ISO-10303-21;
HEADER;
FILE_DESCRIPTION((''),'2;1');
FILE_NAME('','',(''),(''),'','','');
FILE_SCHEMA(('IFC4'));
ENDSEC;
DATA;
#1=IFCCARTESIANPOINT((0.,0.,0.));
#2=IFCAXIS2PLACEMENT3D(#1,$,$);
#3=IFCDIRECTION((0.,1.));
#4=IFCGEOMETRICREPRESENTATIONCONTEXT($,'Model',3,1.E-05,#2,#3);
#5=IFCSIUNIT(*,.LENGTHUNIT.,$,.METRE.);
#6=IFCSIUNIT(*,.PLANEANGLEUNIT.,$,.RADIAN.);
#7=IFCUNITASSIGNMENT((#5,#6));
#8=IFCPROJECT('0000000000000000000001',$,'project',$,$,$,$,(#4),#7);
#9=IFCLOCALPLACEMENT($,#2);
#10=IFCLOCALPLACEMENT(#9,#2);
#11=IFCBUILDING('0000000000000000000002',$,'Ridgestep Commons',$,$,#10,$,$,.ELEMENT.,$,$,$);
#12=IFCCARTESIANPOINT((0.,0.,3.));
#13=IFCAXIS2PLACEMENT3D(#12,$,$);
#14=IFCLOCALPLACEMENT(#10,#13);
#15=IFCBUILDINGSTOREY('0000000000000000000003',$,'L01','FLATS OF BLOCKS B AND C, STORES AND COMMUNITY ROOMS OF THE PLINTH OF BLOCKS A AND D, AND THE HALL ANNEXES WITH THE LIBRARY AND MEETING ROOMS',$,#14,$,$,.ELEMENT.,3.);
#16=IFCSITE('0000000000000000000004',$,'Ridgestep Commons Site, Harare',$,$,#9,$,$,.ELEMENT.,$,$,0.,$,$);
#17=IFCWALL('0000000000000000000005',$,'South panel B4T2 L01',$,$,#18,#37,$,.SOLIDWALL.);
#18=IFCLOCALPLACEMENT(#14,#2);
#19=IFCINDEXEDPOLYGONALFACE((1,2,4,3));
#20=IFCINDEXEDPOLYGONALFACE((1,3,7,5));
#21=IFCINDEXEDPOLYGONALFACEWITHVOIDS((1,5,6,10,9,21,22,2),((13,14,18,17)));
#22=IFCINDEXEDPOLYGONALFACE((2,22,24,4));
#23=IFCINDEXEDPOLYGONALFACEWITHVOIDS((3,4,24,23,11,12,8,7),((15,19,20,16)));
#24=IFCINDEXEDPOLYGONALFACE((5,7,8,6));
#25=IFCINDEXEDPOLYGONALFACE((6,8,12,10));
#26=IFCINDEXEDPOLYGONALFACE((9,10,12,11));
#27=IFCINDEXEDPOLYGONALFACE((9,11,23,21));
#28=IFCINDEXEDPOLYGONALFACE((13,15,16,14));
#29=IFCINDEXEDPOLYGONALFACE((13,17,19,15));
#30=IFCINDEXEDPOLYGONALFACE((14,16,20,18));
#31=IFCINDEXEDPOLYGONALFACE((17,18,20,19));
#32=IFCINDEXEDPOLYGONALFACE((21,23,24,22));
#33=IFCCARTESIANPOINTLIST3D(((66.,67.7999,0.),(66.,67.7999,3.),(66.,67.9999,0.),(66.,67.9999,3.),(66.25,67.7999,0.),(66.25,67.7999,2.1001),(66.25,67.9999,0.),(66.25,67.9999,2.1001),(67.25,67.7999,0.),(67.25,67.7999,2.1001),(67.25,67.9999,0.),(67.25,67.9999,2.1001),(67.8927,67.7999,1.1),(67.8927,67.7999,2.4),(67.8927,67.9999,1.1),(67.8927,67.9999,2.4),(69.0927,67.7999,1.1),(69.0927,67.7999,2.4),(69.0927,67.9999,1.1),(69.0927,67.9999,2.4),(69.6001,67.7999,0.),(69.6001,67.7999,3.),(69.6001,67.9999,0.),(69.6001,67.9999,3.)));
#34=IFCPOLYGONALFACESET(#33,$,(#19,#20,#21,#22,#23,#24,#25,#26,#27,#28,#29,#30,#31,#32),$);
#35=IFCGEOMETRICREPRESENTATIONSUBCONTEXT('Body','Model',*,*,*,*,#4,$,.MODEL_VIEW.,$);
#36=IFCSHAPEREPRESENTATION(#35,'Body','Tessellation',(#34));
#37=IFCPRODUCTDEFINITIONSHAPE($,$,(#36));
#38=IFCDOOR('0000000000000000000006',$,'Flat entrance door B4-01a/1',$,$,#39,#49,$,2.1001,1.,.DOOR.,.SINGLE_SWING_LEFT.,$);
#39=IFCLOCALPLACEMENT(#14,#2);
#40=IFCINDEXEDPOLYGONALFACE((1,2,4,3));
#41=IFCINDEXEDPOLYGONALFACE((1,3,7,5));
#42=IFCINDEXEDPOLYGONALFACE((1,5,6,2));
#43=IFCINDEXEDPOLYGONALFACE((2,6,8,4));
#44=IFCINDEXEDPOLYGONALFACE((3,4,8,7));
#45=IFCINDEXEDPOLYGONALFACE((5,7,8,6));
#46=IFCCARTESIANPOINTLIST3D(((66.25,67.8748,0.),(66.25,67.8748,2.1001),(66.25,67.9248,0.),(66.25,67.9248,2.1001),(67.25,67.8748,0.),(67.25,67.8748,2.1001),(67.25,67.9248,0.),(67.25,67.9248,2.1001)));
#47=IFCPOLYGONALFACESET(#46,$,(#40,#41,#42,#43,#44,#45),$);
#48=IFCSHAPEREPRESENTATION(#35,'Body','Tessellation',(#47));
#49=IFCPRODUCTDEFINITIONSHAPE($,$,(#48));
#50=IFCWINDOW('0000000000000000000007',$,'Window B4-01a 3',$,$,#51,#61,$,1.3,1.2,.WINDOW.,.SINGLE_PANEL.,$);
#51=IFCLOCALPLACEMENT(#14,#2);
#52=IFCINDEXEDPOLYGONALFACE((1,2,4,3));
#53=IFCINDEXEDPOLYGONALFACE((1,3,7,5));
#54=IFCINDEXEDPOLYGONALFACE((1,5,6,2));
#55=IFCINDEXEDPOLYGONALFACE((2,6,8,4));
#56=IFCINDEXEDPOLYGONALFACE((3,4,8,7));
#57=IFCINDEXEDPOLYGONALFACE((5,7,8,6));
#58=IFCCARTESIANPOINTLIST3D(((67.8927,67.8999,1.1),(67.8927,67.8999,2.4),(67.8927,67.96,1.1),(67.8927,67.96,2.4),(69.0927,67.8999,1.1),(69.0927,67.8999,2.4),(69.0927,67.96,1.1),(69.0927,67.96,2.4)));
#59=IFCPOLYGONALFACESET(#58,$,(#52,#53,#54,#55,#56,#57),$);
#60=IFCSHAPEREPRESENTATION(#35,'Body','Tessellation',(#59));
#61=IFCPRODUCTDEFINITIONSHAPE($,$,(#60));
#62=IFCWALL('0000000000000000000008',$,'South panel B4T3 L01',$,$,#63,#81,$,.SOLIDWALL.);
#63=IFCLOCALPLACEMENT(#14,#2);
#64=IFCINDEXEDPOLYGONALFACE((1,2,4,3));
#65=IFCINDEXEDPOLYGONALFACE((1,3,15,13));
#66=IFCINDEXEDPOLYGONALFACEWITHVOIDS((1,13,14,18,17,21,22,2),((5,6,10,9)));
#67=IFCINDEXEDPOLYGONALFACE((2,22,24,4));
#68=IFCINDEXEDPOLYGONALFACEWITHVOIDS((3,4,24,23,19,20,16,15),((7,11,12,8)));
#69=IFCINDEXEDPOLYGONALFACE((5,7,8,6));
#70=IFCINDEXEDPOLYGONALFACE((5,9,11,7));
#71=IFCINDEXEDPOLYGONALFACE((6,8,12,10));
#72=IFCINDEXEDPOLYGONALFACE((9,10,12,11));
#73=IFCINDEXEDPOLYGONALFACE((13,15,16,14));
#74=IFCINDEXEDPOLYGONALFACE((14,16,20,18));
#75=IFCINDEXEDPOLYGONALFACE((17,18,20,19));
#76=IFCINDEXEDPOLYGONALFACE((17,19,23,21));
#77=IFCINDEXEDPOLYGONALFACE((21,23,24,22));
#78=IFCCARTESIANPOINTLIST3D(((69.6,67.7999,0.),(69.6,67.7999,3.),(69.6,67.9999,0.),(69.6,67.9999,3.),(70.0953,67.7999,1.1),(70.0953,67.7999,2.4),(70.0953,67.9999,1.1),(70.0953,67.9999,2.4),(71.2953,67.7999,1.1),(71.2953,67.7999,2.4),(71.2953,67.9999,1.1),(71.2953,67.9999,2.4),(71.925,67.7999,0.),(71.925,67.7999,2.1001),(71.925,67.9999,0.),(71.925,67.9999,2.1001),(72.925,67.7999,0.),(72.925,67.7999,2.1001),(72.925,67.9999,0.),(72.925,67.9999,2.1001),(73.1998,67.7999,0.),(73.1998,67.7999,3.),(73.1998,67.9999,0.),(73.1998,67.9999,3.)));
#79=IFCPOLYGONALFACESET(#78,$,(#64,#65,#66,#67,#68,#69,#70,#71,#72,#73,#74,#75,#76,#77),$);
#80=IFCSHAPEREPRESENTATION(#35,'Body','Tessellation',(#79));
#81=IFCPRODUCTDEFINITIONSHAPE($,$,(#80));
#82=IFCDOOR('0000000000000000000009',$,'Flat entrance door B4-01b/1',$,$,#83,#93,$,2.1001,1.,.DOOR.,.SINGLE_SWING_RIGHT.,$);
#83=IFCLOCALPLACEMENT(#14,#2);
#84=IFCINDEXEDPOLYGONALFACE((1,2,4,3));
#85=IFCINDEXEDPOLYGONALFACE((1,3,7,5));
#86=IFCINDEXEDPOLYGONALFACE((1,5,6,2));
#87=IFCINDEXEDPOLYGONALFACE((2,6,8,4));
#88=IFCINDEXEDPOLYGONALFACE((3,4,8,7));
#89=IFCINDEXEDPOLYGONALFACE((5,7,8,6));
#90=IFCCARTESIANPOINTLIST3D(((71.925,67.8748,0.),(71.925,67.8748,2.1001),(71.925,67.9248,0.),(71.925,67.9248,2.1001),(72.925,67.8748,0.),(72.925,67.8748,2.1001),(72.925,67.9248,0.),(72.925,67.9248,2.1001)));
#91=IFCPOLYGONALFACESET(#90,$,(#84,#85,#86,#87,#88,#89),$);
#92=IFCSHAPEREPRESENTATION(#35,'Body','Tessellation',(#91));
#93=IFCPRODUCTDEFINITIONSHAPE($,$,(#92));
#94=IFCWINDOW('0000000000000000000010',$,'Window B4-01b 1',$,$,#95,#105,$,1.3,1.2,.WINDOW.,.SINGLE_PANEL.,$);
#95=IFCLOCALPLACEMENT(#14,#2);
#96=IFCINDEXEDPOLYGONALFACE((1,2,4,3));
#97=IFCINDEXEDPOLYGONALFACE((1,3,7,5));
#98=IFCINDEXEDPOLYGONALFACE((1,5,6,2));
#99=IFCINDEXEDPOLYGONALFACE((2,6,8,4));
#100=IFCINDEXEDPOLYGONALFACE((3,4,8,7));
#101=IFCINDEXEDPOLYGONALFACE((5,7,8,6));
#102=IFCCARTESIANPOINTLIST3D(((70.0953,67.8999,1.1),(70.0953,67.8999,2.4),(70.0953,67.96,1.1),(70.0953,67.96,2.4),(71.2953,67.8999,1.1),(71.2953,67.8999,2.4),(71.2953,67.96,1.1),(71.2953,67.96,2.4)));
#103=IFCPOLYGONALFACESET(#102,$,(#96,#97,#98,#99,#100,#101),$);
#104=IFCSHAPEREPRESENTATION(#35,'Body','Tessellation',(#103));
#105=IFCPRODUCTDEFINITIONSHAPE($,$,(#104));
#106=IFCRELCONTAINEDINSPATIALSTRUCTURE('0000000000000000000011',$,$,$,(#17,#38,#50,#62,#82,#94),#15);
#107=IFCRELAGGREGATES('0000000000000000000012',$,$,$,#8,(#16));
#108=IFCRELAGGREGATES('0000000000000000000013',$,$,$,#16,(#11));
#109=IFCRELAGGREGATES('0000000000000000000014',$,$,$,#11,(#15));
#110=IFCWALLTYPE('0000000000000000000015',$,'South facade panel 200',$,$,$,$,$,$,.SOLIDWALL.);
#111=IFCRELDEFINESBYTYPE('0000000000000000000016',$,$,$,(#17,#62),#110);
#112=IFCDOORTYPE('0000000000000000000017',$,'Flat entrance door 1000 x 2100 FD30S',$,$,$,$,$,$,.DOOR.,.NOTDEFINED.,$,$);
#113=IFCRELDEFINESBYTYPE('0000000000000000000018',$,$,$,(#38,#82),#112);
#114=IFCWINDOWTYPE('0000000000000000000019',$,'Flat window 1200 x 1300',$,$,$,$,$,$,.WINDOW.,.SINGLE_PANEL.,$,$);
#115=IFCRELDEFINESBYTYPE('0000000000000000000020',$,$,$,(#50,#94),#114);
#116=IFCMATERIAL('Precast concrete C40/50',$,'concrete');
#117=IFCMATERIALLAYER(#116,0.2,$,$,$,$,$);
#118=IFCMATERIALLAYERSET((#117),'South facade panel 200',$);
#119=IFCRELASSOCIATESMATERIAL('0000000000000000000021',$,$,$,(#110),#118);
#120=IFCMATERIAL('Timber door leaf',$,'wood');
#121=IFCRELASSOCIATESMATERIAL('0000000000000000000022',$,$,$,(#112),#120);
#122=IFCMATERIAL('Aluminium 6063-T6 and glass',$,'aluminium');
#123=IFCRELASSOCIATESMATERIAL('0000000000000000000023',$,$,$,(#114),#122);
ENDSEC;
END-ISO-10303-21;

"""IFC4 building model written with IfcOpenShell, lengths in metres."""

from ifc_helpers import new_model, si_unit, direction, frame, frame_2d, origin, place, context, subcontext, project, spatial, rectangle, extrude, material, layer, layer_set, type_object, element, fill, save


model = new_model("IFC4")

# Units and contexts
model_context = context("Model", 3, precision=1e-05, world=origin(), true_north=direction((0.0, 1.0)))
body_context = subcontext(model_context, "Body", "Model", "MODEL_VIEW")
ifc_project = project(units=[si_unit("LENGTHUNIT", "METRE"), si_unit("PLANEANGLEUNIT", "RADIAN")], contexts=[model_context])

# Site, building, storey
site_placement = place(None, origin())
site = spatial("IfcSite", under=ifc_project, at=site_placement, Name="Ridgestep Commons Site, Harare", CompositionType="ELEMENT", RefElevation=0.0)
building_placement = place(site_placement, origin())
building = spatial("IfcBuilding", under=site, at=building_placement, Name="Ridgestep Commons", CompositionType="ELEMENT")
storey_placement = place(building_placement, frame((0.0, 0.0, 3.0)))
storey = spatial("IfcBuildingStorey", under=building, at=storey_placement, Name="L01", Description="FLATS OF BLOCKS B AND C, STORES AND COMMUNITY ROOMS OF THE PLINTH OF BLOCKS A AND D, AND THE HALL ANNEXES WITH THE LIBRARY AND MEETING ROOMS", CompositionType="ELEMENT", Elevation=3.0)

# Walls, openings, doors, windows
ifc_material_1 = material(Name="Precast concrete C40/50", Category="concrete")
ifc_layer_1 = layer(ifc_material_1, 0.2)
ifc_layer_set_1 = layer_set([ifc_layer_1], Name="South facade panel 200")
wall_type_1 = type_object("IfcWallType", Name="South facade panel 200", PredefinedType="SOLIDWALL", material=ifc_layer_set_1)
wall_1_placement = place(storey_placement, frame((66.0, 67.8999, 0.0), z_axis=(0.0, 0.0, 1.0), x_axis=(1.0, 0.0, 0.0)))
wall_1 = element("IfcWall", 1, at=wall_1_placement, inside=storey, type_object=wall_type_1, Name="South panel B4T2 L01", PredefinedType="SOLIDWALL", context=body_context, shape_type="SweptSolid", body=[
    extrude(rectangle(XDim=3.6001, YDim=0.2, at=frame_2d((1.8, 0.0))), origin(), (0.0, 0.0, 1.0), 3.0),
])
opening_1_placement = place(wall_1_placement, frame((1.8926, 0.0, 1.1001)))
opening_1 = element("IfcOpeningElement", 2, at=opening_1_placement, cuts=wall_1, PredefinedType="OPENING", context=body_context, shape_type="SweptSolid", body=[
    extrude(rectangle(XDim=1.2, YDim=1.3, at=frame_2d((0.6001, 0.6499))), frame((0.0, 0.1099, 0.0), z_axis=(0.0, -1.0, 0.0), x_axis=(1.0, 0.0, 0.0)), (0.0, 0.0, 1.0), 0.22),
])
opening_2_placement = place(wall_1_placement, frame((0.25, 0.0, 0.0)))
opening_2 = element("IfcOpeningElement", 3, at=opening_2_placement, cuts=wall_1, PredefinedType="OPENING", context=body_context, shape_type="SweptSolid", body=[
    extrude(rectangle(XDim=1.0, YDim=2.1001, at=frame_2d((0.5, 1.05))), frame((0.0, 0.1099, 0.0), z_axis=(0.0, -1.0, 0.0), x_axis=(1.0, 0.0, 0.0)), (0.0, 0.0, 1.0), 0.22),
])
ifc_material_2 = material(Name="Timber door leaf", Category="wood")
door_type_1 = type_object("IfcDoorType", Name="Flat entrance door 1000 x 2100 FD30S", OperationType="NOTDEFINED", PredefinedType="DOOR", material=ifc_material_2)
door_1_placement = place(opening_2_placement, origin())
door_1 = element("IfcDoor", 4, at=door_1_placement, inside=storey, type_object=door_type_1, Name="Flat entrance door B4-01a/1", OperationType="SINGLE_SWING_LEFT", OverallHeight=2.1001, OverallWidth=1.0, PredefinedType="DOOR", context=body_context, shape_type="SweptSolid", body=[
    extrude(rectangle(XDim=1.0, YDim=2.1001, at=frame_2d((0.5, 1.05))), frame((0.0, 0.0249, 0.0), z_axis=(0.0, -1.0, 0.0), x_axis=(1.0, 0.0, 0.0)), (0.0, 0.0, 1.0), 0.05),
])
fill(opening_2, door_1)
ifc_material_3 = material(Name="Aluminium 6063-T6 and glass", Category="aluminium")
window_type = type_object("IfcWindowType", Name="Flat window 1200 x 1300", PartitioningType="SINGLE_PANEL", PredefinedType="WINDOW", material=ifc_material_3)
window_1_placement = place(opening_1_placement, origin())
window_1 = element("IfcWindow", 5, at=window_1_placement, inside=storey, type_object=window_type, Name="Window B4-01a 3", OverallHeight=1.3, OverallWidth=1.2, PartitioningType="SINGLE_PANEL", PredefinedType="WINDOW", context=body_context, shape_type="SweptSolid", body=[
    extrude(rectangle(XDim=1.2, YDim=1.3, at=frame_2d((0.6001, 0.6499))), frame((0.0, 0.0601, 0.0), z_axis=(0.0, -1.0, 0.0), x_axis=(1.0, 0.0, 0.0)), (0.0, 0.0, 1.0), 0.0601),
])
fill(opening_1, window_1)
wall_2_placement = place(storey_placement, frame((69.6001, 67.8999, 0.0), z_axis=(0.0, 0.0, 1.0), x_axis=(1.0, 0.0, 0.0)))
wall_2 = element("IfcWall", 6, at=wall_2_placement, inside=storey, type_object=wall_type_1, Name="South panel B4T3 L01", PredefinedType="SOLIDWALL", context=body_context, shape_type="SweptSolid", body=[
    extrude(rectangle(XDim=3.5999, YDim=0.2, at=frame_2d((1.7998, 0.0))), origin(), (0.0, 0.0, 1.0), 3.0),
])
opening_3_placement = place(wall_2_placement, frame((0.4951, 0.0, 1.1001)))
opening_3 = element("IfcOpeningElement", 7, at=opening_3_placement, cuts=wall_2, PredefinedType="OPENING", context=body_context, shape_type="SweptSolid", body=[
    extrude(rectangle(XDim=1.2, YDim=1.3, at=frame_2d((0.6001, 0.6499))), frame((0.0, 0.1099, 0.0), z_axis=(0.0, -1.0, 0.0), x_axis=(1.0, 0.0, 0.0)), (0.0, 0.0, 1.0), 0.22),
])
opening_4_placement = place(wall_2_placement, frame((2.325, 0.0, 0.0)))
opening_4 = element("IfcOpeningElement", 8, at=opening_4_placement, cuts=wall_2, PredefinedType="OPENING", context=body_context, shape_type="SweptSolid", body=[
    extrude(rectangle(XDim=1.0, YDim=2.1001, at=frame_2d((0.5, 1.05))), frame((0.0, 0.1099, 0.0), z_axis=(0.0, -1.0, 0.0), x_axis=(1.0, 0.0, 0.0)), (0.0, 0.0, 1.0), 0.22),
])
door_2_placement = place(opening_4_placement, origin())
door_2 = element("IfcDoor", 9, at=door_2_placement, inside=storey, type_object=door_type_1, Name="Flat entrance door B4-01b/1", OperationType="SINGLE_SWING_RIGHT", OverallHeight=2.1001, OverallWidth=1.0, PredefinedType="DOOR", context=body_context, shape_type="SweptSolid", body=[
    extrude(rectangle(XDim=1.0, YDim=2.1001, at=frame_2d((0.5, 1.05))), frame((0.0, 0.0249, 0.0), z_axis=(0.0, -1.0, 0.0), x_axis=(1.0, 0.0, 0.0)), (0.0, 0.0, 1.0), 0.05),
])
fill(opening_4, door_2)
window_2_placement = place(opening_3_placement, origin())
window_2 = element("IfcWindow", 10, at=window_2_placement, inside=storey, type_object=window_type, Name="Window B4-01b 1", OverallHeight=1.3, OverallWidth=1.2, PartitioningType="SINGLE_PANEL", PredefinedType="WINDOW", context=body_context, shape_type="SweptSolid", body=[
    extrude(rectangle(XDim=1.2, YDim=1.3, at=frame_2d((0.6001, 0.6499))), frame((0.0, 0.0601, 0.0), z_axis=(0.0, -1.0, 0.0), x_axis=(1.0, 0.0, 0.0)), (0.0, 0.0, 1.0), 0.0601),
])
fill(opening_3, window_2)

save(model, "model.ifc")
